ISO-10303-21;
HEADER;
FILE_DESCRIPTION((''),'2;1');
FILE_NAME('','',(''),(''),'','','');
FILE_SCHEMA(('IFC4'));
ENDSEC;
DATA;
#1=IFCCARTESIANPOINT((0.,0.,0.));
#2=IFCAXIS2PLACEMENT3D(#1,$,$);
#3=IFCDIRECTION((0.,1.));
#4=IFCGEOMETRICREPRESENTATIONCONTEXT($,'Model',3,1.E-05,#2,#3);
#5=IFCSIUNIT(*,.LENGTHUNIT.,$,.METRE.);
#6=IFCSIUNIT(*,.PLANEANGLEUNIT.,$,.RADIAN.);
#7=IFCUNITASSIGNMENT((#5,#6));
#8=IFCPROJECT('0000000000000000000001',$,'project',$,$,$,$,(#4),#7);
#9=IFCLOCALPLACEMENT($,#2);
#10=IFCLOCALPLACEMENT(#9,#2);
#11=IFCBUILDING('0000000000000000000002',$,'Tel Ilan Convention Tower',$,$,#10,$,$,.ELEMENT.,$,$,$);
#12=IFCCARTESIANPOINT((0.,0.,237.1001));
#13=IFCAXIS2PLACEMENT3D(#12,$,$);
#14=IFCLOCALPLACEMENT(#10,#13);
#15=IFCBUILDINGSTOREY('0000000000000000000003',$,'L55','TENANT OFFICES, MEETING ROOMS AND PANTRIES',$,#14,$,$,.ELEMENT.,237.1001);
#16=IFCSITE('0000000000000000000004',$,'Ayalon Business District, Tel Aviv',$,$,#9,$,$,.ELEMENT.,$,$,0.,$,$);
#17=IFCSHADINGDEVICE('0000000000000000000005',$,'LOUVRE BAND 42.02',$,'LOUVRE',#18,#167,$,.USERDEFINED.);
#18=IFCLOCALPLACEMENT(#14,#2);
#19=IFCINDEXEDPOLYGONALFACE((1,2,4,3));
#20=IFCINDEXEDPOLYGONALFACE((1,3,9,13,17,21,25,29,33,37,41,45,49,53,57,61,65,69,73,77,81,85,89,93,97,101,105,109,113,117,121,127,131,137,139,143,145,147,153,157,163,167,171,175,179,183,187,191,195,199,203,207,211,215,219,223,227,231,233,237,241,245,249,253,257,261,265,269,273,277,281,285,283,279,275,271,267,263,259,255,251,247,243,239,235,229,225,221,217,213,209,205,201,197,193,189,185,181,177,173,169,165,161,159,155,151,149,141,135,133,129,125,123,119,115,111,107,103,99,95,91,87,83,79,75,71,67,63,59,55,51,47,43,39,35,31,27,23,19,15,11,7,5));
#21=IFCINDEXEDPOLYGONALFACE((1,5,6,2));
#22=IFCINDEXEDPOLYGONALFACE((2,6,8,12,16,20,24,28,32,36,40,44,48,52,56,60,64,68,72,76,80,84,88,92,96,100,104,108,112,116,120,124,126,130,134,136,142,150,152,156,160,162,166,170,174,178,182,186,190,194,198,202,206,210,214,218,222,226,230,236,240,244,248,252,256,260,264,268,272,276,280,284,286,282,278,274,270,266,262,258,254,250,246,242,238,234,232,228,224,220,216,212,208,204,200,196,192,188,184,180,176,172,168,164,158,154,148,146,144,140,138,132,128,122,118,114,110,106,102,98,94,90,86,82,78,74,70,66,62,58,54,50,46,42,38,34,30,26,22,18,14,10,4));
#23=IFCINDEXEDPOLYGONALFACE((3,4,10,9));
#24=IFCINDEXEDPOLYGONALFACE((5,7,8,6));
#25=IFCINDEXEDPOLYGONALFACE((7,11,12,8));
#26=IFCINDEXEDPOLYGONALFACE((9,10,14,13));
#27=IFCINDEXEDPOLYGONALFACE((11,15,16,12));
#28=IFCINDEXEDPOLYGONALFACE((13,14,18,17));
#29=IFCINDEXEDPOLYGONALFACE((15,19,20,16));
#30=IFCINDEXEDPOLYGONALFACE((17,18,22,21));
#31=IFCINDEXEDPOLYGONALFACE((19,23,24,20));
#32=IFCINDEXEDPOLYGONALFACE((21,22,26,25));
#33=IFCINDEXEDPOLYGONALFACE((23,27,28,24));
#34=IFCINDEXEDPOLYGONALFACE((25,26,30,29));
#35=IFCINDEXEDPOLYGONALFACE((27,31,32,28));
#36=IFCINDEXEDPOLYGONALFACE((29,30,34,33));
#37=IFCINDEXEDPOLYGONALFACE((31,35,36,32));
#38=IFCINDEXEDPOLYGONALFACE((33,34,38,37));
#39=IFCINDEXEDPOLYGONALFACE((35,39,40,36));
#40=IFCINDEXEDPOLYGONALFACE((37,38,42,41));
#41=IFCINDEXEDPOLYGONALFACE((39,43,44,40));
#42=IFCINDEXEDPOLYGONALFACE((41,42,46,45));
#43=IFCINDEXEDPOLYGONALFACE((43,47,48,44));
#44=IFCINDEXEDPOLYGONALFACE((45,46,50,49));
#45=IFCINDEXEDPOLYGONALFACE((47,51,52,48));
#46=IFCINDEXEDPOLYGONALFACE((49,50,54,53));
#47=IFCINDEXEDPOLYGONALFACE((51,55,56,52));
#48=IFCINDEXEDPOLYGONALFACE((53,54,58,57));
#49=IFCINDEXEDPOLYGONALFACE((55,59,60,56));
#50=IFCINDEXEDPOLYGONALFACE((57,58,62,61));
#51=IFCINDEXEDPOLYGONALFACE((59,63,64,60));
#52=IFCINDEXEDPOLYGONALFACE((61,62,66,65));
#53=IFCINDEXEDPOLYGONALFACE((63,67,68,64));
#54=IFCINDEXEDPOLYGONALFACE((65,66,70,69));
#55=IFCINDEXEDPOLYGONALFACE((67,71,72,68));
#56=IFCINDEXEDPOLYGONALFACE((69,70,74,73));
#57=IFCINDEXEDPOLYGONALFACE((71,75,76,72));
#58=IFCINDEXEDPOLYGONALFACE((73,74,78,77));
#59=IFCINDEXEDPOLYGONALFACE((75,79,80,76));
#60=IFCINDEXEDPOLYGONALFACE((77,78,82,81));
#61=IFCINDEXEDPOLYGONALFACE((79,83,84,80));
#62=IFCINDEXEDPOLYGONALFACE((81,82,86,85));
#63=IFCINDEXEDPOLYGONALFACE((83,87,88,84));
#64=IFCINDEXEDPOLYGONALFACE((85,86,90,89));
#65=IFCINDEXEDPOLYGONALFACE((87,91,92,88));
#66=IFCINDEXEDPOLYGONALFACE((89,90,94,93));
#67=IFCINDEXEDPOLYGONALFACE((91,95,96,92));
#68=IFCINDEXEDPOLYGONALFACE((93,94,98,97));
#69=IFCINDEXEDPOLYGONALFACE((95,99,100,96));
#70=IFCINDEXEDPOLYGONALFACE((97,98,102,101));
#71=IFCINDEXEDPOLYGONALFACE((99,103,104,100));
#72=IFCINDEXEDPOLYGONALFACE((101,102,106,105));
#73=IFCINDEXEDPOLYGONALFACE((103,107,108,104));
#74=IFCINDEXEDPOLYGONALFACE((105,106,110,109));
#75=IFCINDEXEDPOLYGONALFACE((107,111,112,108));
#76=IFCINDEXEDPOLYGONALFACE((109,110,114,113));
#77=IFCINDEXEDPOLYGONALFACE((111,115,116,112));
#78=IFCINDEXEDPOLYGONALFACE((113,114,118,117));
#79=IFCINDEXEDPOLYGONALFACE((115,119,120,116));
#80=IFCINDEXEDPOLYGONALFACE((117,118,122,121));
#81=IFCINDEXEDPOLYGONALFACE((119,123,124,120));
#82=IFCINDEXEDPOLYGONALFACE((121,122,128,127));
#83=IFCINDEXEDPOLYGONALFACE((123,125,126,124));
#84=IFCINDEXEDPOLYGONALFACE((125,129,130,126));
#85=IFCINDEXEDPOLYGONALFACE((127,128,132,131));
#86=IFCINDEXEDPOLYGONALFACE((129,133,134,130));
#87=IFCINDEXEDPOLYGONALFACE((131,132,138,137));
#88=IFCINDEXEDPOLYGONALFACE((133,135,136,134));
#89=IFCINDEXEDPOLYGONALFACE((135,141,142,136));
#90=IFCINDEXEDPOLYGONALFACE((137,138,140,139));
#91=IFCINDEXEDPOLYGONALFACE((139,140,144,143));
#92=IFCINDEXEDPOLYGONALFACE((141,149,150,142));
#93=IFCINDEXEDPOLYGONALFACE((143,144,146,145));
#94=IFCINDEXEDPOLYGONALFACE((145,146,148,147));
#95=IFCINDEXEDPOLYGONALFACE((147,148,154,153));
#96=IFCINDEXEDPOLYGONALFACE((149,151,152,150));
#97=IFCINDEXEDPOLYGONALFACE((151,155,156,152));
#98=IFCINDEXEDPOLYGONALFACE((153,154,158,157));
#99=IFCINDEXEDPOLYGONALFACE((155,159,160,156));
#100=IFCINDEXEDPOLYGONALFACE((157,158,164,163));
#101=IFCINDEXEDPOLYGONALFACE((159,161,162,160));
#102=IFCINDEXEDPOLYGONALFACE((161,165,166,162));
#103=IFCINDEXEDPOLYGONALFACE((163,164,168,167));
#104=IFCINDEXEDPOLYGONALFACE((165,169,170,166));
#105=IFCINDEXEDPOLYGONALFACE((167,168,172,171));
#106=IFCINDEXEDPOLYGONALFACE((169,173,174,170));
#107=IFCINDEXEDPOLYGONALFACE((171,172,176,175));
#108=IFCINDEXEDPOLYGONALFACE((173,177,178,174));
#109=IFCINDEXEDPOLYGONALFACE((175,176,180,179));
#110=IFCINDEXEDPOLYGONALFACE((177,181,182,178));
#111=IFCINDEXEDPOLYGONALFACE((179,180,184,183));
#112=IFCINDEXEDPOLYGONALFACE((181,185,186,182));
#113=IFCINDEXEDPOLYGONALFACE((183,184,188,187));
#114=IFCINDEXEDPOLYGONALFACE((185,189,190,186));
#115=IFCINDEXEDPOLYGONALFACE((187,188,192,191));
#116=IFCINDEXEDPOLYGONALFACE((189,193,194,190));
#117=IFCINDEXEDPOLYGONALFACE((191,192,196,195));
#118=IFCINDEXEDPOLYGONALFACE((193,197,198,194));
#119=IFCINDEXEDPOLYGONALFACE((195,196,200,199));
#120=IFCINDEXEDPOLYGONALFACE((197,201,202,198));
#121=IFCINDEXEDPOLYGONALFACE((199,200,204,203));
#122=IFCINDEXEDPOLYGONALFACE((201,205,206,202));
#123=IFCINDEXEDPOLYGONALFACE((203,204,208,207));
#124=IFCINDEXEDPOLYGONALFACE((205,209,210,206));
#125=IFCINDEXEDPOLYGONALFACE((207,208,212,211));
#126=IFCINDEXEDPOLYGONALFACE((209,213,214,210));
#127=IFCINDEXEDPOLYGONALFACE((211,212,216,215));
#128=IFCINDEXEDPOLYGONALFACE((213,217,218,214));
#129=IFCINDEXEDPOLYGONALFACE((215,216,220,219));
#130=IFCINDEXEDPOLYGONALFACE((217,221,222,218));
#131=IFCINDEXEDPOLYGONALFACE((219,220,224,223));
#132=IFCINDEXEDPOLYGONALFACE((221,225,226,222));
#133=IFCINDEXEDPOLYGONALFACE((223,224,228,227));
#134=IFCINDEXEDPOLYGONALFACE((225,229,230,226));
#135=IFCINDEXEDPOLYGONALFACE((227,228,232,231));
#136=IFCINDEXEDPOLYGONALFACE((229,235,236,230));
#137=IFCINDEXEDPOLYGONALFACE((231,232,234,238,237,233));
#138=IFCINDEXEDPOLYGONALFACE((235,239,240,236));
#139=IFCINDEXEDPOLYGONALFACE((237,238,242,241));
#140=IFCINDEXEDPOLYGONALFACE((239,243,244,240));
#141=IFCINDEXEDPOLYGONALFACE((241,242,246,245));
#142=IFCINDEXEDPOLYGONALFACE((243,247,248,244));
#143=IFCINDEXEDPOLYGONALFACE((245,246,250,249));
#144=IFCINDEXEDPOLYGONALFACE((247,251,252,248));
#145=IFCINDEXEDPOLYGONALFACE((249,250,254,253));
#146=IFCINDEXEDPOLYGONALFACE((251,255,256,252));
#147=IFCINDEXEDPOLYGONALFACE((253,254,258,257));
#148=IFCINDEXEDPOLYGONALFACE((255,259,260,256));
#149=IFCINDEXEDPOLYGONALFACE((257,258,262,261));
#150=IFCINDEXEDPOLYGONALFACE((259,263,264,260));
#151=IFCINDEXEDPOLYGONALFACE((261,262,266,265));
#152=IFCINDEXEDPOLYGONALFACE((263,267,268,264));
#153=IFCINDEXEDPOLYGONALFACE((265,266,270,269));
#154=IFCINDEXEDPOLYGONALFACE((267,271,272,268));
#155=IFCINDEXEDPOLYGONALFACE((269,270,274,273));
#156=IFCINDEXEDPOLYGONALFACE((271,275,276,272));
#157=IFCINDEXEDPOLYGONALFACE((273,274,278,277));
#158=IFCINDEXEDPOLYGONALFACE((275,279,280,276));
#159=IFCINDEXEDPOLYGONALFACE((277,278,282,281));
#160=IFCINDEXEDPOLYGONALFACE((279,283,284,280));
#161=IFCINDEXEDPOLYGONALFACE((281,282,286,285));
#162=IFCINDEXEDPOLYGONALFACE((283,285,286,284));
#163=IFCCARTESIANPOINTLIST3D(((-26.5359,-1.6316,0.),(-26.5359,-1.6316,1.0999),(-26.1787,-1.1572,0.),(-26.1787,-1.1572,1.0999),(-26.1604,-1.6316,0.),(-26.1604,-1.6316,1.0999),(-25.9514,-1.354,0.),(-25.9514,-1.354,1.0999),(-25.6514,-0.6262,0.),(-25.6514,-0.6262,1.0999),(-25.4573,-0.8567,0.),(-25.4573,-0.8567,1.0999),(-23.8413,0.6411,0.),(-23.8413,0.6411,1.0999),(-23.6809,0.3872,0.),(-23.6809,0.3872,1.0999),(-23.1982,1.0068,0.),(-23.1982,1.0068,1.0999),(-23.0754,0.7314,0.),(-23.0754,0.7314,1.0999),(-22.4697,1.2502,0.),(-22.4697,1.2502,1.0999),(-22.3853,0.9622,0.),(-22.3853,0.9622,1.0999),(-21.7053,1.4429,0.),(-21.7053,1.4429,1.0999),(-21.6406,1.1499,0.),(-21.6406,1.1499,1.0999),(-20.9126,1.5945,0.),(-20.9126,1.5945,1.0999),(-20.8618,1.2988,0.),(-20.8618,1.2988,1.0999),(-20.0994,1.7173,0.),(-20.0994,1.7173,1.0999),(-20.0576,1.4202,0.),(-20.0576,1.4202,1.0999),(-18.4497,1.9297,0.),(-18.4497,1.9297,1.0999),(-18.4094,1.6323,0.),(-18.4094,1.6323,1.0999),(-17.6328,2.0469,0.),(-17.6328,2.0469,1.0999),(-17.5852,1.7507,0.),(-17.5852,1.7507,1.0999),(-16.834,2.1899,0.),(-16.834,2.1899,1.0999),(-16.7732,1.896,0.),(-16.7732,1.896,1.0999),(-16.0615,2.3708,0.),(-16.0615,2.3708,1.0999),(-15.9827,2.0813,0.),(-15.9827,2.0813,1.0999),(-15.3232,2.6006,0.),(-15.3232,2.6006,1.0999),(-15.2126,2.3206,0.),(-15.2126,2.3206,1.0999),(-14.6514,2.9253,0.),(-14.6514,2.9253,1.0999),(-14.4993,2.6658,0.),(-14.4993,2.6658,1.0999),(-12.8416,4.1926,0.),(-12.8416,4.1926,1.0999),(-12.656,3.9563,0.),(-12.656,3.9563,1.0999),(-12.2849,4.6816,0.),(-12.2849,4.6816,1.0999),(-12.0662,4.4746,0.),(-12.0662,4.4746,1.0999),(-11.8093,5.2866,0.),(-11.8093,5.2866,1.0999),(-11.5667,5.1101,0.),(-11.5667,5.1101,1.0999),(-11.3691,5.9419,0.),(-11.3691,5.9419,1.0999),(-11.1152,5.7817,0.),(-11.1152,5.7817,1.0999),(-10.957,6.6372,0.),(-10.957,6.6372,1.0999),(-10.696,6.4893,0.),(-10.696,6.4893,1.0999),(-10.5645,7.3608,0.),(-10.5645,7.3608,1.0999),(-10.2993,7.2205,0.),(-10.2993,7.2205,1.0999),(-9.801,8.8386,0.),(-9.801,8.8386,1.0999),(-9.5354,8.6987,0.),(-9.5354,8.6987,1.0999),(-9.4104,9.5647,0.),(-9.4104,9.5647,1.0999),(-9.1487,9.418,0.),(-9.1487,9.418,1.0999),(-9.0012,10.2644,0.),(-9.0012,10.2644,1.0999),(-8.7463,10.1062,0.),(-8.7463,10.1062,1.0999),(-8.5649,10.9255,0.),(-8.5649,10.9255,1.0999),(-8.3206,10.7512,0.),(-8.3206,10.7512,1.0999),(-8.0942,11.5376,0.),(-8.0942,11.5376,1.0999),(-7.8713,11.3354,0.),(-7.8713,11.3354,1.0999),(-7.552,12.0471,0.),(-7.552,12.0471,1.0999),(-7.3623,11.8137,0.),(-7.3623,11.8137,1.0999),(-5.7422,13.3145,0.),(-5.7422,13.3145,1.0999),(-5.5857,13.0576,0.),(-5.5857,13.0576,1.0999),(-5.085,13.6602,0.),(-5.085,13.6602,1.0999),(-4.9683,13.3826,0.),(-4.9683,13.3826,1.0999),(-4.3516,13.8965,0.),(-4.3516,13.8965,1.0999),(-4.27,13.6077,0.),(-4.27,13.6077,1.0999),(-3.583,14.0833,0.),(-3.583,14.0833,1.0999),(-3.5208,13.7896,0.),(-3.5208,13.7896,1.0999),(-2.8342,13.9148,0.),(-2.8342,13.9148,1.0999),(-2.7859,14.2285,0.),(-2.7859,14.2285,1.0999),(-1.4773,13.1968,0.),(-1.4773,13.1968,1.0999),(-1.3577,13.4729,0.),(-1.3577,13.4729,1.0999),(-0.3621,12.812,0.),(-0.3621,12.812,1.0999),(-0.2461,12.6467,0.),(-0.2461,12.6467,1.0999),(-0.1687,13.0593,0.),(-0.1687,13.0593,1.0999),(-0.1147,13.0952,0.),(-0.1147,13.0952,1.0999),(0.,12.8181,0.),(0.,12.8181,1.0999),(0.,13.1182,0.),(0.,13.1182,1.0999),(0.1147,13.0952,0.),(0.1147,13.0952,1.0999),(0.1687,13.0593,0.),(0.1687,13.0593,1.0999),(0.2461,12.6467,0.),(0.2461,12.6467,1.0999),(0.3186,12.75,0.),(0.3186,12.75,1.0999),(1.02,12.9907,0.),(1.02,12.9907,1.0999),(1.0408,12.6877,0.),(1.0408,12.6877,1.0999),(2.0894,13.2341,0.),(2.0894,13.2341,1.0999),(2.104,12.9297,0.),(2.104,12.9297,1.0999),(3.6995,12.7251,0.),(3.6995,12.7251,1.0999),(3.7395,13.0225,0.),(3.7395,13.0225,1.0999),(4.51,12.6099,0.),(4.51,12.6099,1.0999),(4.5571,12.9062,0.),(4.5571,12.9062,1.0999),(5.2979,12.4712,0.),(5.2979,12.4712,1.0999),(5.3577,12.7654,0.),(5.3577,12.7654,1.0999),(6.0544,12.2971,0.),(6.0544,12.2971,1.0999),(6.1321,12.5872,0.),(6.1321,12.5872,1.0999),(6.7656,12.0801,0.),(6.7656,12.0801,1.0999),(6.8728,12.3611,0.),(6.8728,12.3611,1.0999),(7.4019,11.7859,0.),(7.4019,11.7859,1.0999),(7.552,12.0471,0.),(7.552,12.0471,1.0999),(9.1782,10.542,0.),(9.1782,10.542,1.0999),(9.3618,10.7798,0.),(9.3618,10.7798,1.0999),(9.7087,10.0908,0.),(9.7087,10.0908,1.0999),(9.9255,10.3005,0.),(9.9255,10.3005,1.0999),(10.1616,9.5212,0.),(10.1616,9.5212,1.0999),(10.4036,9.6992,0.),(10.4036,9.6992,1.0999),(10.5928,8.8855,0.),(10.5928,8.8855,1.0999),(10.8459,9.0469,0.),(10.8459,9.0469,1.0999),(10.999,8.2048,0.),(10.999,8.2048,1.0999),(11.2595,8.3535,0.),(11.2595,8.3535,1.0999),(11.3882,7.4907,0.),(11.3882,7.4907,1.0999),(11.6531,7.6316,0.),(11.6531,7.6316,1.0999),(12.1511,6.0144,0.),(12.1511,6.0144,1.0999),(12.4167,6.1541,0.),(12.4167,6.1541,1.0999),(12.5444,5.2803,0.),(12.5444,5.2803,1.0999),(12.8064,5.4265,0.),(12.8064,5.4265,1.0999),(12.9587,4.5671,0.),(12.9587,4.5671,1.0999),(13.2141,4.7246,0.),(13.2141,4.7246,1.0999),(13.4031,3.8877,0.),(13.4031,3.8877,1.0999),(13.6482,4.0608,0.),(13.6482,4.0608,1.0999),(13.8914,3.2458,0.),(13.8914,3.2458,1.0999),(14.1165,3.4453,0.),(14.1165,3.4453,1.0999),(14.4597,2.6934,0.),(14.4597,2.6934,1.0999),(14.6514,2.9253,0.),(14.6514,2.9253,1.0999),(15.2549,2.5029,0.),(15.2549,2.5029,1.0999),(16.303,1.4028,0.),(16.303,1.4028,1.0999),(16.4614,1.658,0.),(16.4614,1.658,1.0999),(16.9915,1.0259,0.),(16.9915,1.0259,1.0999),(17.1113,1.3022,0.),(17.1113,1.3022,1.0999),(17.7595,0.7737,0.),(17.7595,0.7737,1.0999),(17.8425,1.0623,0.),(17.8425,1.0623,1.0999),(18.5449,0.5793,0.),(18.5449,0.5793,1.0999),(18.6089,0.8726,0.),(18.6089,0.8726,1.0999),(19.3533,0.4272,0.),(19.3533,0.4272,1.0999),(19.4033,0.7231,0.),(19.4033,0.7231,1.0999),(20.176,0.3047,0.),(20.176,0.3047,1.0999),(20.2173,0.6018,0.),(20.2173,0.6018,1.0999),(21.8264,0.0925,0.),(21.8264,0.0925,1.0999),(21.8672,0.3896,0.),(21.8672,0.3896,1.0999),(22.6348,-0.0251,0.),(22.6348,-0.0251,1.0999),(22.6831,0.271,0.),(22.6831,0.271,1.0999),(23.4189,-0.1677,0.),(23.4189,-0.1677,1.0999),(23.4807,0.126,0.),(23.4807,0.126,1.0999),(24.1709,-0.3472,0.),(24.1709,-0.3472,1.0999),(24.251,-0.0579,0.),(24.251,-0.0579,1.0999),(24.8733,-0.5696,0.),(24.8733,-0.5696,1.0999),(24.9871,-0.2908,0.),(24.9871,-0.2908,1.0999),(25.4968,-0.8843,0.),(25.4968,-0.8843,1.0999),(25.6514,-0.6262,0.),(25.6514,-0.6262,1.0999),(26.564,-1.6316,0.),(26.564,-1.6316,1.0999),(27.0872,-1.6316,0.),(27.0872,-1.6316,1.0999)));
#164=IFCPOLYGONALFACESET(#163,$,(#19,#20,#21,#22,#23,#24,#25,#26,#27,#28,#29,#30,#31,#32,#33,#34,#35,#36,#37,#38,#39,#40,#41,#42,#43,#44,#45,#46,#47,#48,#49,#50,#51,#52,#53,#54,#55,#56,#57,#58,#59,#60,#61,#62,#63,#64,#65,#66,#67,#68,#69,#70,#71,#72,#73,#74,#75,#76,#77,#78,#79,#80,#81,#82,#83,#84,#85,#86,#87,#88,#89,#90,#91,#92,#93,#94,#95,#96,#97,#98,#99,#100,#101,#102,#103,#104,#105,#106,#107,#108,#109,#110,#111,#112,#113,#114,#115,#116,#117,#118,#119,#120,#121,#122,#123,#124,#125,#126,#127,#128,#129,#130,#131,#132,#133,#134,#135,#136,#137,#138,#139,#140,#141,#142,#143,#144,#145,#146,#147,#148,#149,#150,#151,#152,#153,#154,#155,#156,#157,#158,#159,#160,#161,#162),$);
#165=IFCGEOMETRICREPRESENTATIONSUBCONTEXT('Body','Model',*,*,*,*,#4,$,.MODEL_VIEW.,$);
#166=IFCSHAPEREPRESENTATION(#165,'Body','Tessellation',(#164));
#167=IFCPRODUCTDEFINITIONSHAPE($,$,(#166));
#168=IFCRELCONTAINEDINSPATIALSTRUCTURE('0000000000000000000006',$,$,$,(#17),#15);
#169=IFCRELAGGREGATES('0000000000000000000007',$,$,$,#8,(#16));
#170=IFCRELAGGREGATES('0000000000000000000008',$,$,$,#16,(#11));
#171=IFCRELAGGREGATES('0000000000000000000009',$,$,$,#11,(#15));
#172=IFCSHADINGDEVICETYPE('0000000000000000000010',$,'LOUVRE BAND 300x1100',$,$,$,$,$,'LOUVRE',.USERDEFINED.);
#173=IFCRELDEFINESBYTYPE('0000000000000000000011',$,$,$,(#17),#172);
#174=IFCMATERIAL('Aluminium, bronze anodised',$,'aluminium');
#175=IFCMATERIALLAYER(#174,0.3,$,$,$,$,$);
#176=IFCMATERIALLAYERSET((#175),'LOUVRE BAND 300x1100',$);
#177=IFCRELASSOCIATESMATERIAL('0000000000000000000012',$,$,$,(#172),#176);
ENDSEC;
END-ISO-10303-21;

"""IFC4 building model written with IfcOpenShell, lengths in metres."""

from ifc_helpers import new_model, si_unit, direction, frame, origin, place, context, subcontext, project, spatial, polyline, outline, extrude, material, layer, layer_set, type_object, element, save


model = new_model("IFC4")

# Units and contexts
model_context = context("Model", 3, precision=1e-05, world=origin(), true_north=direction((0.0, 1.0)))
body_context = subcontext(model_context, "Body", "Model", "MODEL_VIEW")
ifc_project = project(units=[si_unit("LENGTHUNIT", "METRE"), si_unit("PLANEANGLEUNIT", "RADIAN")], contexts=[model_context])

# Site, building, storey
site_placement = place(None, origin())
site = spatial("IfcSite", under=ifc_project, at=site_placement, Name="Ayalon Business District, Tel Aviv", CompositionType="ELEMENT", RefElevation=0.0)
building_placement = place(site_placement, origin())
building = spatial("IfcBuilding", under=site, at=building_placement, Name="Tel Ilan Convention Tower", CompositionType="ELEMENT")
storey_placement = place(building_placement, frame((0.0, 0.0, 237.1001)))
storey = spatial("IfcBuildingStorey", under=building, at=storey_placement, Name="L55", Description="TENANT OFFICES, MEETING ROOMS AND PANTRIES", CompositionType="ELEMENT", Elevation=237.1001)

# Shading device
ifc_material_1 = material(Name="Aluminium, bronze anodised", Category="aluminium")
ifc_layer_1 = layer(ifc_material_1, 0.3)
ifc_layer_set_1 = layer_set([ifc_layer_1], Name="LOUVRE BAND 300x1100")
shading_device_type = type_object("IfcShadingDeviceType", Name="LOUVRE BAND 300x1100", ElementType="LOUVRE", PredefinedType="USERDEFINED", material=ifc_layer_set_1)
shading_device_1_placement = place(storey_placement, origin())
element("IfcShadingDevice", 1, at=shading_device_1_placement, inside=storey, type_object=shading_device_type, Name="LOUVRE BAND 42.02", ObjectType="LOUVRE", PredefinedType="USERDEFINED", context=body_context, shape_type="SweptSolid", body=[
    extrude(outline(polyline([(-26.1787, -1.1572), (-26.5359, -1.6316), (-26.1604, -1.6316), (-25.9514, -1.354), (-25.4573, -0.8567), (-23.6809, 0.3872), (-23.0754, 0.7314), (-22.3853, 0.9622), (-21.6406, 1.1499), (-20.8618, 1.2988), (-20.0576, 1.4202), (-18.4094, 1.6323), (-17.5852, 1.7507), (-16.7732, 1.896), (-15.9827, 2.0813), (-15.2126, 2.3206), (-14.4993, 2.6658), (-12.656, 3.9563), (-12.0662, 4.4746), (-11.5667, 5.1101), (-11.1152, 5.7817), (-10.696, 6.4893), (-10.2993, 7.2205), (-9.5354, 8.6987), (-9.1487, 9.418), (-8.7463, 10.1062), (-8.3206, 10.7512), (-7.8713, 11.3354), (-7.3623, 11.8137), (-5.5857, 13.0576), (-4.9683, 13.3826), (-4.27, 13.6077), (-3.5208, 13.7896), (-2.8342, 13.9148), (-1.4773, 13.1968), (-0.3621, 12.812), (-0.2461, 12.6467), (0.0, 12.8181), (0.2461, 12.6467), (0.3186, 12.75), (1.0408, 12.6877), (2.104, 12.9297), (3.6995, 12.7251), (4.51, 12.6099), (5.2979, 12.4712), (6.0544, 12.2971), (6.7656, 12.0801), (7.4019, 11.7859), (9.1782, 10.542), (9.7087, 10.0908), (10.1616, 9.5212), (10.5928, 8.8855), (10.999, 8.2048), (11.3882, 7.4907), (12.1511, 6.0144), (12.5444, 5.2803), (12.9587, 4.5671), (13.4031, 3.8877), (13.8914, 3.2458), (14.4597, 2.6934), (16.303, 1.4028), (16.9915, 1.0259), (17.7595, 0.7737), (18.5449, 0.5793), (19.3533, 0.4272), (20.176, 0.3047), (21.8264, 0.0925), (22.6348, -0.0251), (23.4189, -0.1677), (24.1709, -0.3472), (24.8733, -0.5696), (25.4968, -0.8843), (26.564, -1.6316), (27.0872, -1.6316), (25.6514, -0.6262), (24.9871, -0.2908), (24.251, -0.0579), (23.4807, 0.126), (22.6831, 0.271), (21.8672, 0.3896), (20.2173, 0.6018), (19.4033, 0.7231), (18.6089, 0.8726), (17.8425, 1.0623), (17.1113, 1.3022), (16.4614, 1.658), (15.2549, 2.5029), (14.6514, 2.9253), (14.1165, 3.4453), (13.6482, 4.0608), (13.2141, 4.7246), (12.8064, 5.4265), (12.4167, 6.1541), (11.6531, 7.6316), (11.2595, 8.3535), (10.8459, 9.0469), (10.4036, 9.6992), (9.9255, 10.3005), (9.3618, 10.7798), (7.552, 12.0471), (6.8728, 12.3611), (6.1321, 12.5872), (5.3577, 12.7654), (4.5571, 12.9062), (3.7395, 13.0225), (2.0894, 13.2341), (1.02, 12.9907), (0.1687, 13.0593), (0.1147, 13.0952), (0.0, 13.1182), (-0.1147, 13.0952), (-0.1687, 13.0593), (-1.3577, 13.4729), (-2.7859, 14.2285), (-3.583, 14.0833), (-4.3516, 13.8965), (-5.085, 13.6602), (-5.7422, 13.3145), (-7.552, 12.0471), (-8.0942, 11.5376), (-8.5649, 10.9255), (-9.0012, 10.2644), (-9.4104, 9.5647), (-9.801, 8.8386), (-10.5645, 7.3608), (-10.957, 6.6372), (-11.3691, 5.9419), (-11.8093, 5.2866), (-12.2849, 4.6816), (-12.8416, 4.1926), (-14.6514, 2.9253), (-15.3232, 2.6006), (-16.0615, 2.3708), (-16.834, 2.1899), (-17.6328, 2.0469), (-18.4497, 1.9297), (-20.0994, 1.7173), (-20.9126, 1.5945), (-21.7053, 1.4429), (-22.4697, 1.2502), (-23.1982, 1.0068), (-23.8413, 0.6411), (-25.6514, -0.6262), (-26.1787, -1.1572)])), origin(), (0.0, 0.0, 1.0), 1.0999),
])

save(model, "model.ifc")
